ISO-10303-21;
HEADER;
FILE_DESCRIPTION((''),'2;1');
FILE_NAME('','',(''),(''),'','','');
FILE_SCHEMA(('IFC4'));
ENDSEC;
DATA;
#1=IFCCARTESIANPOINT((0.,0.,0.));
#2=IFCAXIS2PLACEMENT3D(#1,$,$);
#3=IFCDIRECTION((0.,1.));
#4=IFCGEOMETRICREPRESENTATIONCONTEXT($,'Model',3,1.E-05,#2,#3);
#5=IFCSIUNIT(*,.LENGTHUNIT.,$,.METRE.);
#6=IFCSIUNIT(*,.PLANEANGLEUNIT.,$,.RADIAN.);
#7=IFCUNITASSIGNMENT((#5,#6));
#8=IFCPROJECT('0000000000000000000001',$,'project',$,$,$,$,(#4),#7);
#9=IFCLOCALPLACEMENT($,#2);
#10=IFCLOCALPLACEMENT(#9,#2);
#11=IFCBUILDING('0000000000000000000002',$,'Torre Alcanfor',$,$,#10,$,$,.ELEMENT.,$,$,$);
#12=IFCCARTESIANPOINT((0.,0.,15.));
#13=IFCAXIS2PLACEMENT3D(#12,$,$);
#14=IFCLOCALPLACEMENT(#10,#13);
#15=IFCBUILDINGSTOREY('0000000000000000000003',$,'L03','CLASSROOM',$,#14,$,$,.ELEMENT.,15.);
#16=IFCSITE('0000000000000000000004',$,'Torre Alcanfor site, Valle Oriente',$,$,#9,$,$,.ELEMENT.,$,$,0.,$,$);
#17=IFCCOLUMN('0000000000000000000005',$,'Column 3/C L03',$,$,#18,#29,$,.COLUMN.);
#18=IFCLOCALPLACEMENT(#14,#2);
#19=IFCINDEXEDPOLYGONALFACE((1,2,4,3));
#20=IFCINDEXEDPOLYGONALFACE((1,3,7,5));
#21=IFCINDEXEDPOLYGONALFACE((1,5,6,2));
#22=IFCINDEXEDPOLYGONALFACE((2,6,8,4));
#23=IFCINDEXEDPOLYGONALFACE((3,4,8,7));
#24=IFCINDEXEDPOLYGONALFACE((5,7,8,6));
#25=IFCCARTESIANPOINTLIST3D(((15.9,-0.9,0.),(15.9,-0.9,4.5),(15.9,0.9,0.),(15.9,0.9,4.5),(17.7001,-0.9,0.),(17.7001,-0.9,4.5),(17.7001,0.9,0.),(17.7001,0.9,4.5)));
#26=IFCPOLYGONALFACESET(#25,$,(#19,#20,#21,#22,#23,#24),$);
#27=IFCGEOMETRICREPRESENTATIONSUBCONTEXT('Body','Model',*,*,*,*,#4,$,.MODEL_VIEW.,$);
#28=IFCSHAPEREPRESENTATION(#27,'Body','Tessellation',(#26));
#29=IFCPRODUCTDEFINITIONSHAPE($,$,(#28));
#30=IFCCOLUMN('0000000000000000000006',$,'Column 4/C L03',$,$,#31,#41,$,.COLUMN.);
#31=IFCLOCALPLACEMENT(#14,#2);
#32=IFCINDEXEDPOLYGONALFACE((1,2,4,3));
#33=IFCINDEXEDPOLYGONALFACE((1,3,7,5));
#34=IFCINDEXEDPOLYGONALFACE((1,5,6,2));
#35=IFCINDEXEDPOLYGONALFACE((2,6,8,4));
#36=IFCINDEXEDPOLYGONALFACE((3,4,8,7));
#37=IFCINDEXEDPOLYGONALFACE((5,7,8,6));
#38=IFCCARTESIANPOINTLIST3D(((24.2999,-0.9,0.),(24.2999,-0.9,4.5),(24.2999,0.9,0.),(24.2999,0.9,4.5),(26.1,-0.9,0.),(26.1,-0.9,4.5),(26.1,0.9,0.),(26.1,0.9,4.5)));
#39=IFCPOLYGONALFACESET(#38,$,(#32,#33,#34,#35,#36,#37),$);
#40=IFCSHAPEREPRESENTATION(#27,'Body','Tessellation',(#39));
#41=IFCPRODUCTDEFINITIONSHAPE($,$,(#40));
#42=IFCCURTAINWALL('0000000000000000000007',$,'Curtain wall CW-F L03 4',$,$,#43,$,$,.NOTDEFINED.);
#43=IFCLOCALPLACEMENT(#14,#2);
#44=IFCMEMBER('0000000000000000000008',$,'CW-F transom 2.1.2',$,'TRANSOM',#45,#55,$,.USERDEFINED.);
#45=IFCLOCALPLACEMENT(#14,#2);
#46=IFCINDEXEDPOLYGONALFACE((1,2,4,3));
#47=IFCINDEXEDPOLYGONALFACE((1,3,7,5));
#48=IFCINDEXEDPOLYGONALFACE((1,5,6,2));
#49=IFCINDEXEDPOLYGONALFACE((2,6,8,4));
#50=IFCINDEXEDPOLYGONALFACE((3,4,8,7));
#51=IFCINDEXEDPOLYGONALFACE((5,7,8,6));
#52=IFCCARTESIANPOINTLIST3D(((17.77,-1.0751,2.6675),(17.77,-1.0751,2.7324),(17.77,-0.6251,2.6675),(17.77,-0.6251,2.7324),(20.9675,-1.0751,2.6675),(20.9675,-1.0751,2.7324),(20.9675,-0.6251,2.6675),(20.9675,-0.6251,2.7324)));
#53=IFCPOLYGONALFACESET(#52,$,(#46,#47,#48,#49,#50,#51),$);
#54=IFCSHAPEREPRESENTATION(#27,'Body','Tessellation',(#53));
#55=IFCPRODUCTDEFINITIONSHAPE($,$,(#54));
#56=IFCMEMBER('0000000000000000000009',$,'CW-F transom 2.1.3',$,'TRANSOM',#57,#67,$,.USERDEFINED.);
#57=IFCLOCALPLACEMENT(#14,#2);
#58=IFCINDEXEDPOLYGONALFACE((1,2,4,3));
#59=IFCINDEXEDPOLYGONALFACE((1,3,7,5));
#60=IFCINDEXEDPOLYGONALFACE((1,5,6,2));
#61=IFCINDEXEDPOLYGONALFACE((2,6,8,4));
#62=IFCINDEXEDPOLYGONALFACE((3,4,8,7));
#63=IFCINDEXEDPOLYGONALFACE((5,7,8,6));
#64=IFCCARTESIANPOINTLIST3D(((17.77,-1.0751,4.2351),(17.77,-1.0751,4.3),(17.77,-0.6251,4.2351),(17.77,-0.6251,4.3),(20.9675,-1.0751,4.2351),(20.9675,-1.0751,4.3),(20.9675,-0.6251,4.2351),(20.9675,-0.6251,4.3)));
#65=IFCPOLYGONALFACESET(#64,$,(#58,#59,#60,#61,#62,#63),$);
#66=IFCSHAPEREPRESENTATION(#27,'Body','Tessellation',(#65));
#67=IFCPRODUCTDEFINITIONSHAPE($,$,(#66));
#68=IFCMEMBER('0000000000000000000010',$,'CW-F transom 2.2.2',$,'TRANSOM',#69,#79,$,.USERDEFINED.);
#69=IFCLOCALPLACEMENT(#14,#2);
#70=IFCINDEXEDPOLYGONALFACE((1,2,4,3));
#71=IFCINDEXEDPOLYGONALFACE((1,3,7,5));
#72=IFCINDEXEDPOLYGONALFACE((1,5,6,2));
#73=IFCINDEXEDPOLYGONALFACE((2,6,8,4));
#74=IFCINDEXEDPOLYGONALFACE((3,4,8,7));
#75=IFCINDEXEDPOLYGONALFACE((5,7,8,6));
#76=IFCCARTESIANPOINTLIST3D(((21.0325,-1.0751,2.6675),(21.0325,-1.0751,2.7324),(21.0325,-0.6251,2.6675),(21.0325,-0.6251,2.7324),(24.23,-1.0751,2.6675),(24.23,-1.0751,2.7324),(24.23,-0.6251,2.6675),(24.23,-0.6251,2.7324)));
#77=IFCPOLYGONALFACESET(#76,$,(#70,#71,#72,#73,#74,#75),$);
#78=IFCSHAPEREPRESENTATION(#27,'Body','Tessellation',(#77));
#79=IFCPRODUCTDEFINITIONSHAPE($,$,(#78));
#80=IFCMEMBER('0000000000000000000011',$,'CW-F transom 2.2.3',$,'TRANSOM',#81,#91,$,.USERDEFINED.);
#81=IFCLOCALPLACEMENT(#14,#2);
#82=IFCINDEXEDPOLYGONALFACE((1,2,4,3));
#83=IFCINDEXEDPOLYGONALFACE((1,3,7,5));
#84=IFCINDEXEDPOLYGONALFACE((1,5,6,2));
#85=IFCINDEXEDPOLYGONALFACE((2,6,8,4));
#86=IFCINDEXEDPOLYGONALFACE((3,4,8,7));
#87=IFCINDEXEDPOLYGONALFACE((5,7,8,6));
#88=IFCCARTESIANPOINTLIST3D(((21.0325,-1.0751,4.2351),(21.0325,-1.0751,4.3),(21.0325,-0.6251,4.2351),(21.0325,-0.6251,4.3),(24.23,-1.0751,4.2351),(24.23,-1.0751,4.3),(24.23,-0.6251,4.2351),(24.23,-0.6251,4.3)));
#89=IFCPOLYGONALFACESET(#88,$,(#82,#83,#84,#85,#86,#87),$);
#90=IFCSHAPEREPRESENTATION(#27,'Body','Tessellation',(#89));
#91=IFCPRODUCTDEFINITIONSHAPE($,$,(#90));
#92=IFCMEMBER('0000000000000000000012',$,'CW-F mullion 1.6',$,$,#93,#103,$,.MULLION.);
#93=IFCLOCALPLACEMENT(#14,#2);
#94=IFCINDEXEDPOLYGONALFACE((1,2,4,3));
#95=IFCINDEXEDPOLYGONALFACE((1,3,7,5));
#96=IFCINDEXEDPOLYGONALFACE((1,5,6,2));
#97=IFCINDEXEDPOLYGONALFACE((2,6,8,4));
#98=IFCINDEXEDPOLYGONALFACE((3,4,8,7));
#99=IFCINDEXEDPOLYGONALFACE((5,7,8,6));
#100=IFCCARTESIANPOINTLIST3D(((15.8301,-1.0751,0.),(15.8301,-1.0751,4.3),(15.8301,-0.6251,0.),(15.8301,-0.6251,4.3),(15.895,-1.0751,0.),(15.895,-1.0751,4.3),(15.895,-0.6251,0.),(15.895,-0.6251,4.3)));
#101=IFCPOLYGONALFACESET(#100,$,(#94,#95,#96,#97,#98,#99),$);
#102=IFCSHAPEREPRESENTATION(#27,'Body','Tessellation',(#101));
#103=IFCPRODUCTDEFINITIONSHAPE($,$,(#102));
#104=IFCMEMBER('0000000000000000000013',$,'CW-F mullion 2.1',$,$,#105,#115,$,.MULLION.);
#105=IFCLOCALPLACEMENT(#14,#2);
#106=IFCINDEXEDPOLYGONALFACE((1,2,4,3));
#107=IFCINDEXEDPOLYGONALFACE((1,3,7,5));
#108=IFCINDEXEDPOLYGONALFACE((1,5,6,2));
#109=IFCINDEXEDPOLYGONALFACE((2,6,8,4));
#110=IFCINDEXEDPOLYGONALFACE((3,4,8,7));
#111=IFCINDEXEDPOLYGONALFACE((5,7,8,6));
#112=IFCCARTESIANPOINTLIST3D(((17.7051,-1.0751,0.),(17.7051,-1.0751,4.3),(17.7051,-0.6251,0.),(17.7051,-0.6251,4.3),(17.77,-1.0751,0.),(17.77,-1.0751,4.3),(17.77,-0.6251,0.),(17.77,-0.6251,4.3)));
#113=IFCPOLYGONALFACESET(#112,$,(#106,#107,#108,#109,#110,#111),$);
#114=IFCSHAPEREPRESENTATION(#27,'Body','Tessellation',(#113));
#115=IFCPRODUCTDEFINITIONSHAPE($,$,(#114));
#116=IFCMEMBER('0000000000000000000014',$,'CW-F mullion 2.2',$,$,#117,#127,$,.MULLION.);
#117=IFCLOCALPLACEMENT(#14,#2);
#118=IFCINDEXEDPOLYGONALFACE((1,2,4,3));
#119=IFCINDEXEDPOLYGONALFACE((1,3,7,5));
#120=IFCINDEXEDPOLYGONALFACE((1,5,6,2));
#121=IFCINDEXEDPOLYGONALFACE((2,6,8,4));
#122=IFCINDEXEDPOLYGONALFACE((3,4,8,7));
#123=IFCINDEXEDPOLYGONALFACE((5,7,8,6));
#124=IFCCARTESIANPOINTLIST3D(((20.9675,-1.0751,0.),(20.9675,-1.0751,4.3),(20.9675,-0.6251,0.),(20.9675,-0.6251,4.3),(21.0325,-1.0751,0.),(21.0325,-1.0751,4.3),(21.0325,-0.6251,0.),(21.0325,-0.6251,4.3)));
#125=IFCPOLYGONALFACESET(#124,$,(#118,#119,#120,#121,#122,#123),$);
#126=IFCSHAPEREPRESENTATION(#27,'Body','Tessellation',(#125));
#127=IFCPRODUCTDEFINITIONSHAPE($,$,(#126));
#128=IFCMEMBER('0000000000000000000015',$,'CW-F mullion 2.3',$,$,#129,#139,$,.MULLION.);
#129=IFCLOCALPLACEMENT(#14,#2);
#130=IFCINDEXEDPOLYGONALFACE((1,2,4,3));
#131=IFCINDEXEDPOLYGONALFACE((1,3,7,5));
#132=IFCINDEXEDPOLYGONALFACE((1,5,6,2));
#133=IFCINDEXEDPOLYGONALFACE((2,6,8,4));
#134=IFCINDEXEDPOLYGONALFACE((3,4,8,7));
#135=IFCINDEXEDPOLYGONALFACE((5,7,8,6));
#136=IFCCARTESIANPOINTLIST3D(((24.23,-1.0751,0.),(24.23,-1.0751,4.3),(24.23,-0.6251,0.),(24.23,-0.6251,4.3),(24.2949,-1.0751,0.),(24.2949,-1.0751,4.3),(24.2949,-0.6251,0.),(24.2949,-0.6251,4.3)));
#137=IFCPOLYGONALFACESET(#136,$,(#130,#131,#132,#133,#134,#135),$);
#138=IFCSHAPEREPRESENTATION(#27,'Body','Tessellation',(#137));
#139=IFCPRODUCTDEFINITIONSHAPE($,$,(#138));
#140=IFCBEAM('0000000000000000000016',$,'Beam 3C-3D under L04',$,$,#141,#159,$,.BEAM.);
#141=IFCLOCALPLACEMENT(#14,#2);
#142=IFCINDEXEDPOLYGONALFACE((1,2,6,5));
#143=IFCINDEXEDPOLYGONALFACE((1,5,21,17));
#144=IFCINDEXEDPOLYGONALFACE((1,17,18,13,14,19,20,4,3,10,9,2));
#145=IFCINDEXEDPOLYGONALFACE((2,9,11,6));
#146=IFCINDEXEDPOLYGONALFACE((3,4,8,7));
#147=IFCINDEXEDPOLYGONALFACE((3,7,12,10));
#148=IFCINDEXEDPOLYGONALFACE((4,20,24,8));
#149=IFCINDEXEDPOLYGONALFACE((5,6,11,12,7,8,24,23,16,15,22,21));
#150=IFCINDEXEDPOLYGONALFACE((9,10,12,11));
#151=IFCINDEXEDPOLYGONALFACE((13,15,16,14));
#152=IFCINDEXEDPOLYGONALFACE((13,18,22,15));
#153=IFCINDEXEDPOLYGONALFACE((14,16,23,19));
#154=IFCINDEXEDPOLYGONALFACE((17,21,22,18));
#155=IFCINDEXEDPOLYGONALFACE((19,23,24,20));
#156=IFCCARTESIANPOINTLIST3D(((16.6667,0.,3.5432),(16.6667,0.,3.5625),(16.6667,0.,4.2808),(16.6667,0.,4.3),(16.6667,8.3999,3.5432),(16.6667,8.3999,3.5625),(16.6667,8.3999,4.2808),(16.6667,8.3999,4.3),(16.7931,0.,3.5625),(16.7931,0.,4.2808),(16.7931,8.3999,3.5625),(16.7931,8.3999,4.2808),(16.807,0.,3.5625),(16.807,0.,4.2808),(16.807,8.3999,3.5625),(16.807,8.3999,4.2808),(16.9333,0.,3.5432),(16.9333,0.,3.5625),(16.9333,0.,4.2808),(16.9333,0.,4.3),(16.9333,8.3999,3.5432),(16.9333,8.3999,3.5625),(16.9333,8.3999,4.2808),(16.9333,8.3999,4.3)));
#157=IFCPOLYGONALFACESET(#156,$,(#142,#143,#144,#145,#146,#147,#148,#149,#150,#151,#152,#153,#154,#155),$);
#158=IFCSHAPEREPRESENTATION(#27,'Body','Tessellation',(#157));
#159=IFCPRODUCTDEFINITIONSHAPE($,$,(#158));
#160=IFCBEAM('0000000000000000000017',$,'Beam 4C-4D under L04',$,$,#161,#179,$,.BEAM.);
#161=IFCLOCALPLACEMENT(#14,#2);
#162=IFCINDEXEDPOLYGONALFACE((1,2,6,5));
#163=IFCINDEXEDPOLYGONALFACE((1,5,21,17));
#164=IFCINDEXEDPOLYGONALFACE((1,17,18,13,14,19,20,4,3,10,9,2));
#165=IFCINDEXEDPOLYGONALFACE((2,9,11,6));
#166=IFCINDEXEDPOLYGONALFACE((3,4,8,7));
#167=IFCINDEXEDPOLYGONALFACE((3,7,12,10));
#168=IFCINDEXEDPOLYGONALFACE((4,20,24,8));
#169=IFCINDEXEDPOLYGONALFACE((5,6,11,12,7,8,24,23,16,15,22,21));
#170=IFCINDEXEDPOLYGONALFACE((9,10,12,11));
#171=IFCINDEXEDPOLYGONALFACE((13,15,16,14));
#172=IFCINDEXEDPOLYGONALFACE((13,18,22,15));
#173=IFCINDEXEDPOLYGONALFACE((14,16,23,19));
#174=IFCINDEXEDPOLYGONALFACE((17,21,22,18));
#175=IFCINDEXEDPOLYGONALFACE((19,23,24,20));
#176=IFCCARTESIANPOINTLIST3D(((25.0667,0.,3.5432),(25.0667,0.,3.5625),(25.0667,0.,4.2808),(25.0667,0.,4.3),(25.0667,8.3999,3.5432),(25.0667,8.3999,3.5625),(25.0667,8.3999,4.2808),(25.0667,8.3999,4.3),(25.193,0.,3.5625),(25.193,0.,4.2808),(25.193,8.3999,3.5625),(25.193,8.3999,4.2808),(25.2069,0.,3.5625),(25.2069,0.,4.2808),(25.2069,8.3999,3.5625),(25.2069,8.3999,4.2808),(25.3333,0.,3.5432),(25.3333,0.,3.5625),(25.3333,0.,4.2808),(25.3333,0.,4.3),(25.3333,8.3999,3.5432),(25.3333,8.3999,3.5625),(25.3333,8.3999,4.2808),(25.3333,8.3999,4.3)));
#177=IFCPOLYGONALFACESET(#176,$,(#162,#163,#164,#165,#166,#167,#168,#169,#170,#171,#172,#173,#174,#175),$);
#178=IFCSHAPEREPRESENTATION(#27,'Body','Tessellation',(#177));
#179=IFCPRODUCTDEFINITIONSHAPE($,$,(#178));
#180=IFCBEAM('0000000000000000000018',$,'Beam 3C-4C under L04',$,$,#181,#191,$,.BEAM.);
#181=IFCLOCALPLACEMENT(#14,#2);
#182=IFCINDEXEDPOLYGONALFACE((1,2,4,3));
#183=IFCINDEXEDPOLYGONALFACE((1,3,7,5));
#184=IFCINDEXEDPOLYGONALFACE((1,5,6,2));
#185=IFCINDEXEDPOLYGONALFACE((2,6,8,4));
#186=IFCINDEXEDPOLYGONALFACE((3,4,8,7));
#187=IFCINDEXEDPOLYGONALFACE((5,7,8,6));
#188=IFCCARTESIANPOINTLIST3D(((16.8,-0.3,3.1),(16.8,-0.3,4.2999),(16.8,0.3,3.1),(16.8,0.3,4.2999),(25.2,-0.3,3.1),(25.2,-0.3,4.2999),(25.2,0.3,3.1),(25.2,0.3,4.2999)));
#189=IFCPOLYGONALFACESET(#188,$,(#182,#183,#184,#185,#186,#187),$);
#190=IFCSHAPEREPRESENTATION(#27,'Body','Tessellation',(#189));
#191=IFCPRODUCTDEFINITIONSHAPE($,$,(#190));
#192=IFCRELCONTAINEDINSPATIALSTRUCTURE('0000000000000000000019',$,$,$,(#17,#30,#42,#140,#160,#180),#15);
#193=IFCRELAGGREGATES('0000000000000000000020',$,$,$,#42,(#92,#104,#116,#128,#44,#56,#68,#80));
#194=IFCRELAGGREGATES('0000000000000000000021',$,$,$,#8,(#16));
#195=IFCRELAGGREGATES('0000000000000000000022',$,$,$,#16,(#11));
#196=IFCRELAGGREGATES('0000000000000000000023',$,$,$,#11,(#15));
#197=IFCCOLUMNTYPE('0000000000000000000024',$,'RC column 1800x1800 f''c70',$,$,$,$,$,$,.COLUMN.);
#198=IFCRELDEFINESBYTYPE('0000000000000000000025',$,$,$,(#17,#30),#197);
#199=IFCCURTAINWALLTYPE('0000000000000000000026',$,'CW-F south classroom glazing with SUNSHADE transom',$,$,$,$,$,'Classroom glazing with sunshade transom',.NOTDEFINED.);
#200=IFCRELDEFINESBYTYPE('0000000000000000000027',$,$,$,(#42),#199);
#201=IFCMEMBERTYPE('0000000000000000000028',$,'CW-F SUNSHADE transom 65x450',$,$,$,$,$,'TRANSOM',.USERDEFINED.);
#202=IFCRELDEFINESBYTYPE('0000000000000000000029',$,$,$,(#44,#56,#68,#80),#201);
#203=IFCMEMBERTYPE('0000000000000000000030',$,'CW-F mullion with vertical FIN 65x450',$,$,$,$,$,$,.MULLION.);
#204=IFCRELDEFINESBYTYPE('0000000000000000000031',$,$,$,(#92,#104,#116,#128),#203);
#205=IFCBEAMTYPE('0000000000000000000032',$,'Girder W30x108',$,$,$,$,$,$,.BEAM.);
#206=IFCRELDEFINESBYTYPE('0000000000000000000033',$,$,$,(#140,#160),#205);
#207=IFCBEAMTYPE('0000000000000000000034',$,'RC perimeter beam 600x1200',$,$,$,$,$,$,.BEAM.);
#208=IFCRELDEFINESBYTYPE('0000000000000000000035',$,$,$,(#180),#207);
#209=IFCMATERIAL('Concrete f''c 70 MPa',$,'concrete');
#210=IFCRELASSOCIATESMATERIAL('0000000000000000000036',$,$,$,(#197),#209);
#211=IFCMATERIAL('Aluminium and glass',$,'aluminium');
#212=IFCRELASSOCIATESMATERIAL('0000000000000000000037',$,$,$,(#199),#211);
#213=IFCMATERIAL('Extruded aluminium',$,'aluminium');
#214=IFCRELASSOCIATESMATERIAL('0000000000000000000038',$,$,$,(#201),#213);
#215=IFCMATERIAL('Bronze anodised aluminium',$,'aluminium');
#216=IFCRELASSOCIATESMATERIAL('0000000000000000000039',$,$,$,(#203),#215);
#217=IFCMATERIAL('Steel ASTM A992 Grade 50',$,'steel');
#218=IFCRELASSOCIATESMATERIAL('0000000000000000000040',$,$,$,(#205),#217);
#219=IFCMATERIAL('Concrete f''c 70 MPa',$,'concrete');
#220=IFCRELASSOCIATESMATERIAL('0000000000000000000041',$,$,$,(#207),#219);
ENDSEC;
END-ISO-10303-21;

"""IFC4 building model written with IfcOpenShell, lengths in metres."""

from ifc_helpers import new_model, si_unit, direction, frame, origin, origin_2d, place, context, subcontext, project, spatial, rectangle, i_section, extrude, material, material_profile, profile_set, type_object, element, aggregate, save


model = new_model("IFC4")

# Units and contexts
model_context = context("Model", 3, precision=1e-05, world=origin(), true_north=direction((0.0, 1.0)))
body_context = subcontext(model_context, "Body", "Model", "MODEL_VIEW")
ifc_project = project(units=[si_unit("LENGTHUNIT", "METRE"), si_unit("PLANEANGLEUNIT", "RADIAN")], contexts=[model_context])

# Site, building, storey
site_placement = place(None, origin())
site = spatial("IfcSite", under=ifc_project, at=site_placement, Name="Torre Alcanfor site, Valle Oriente", CompositionType="ELEMENT", RefElevation=0.0)
building_placement = place(site_placement, origin())
building = spatial("IfcBuilding", under=site, at=building_placement, Name="Torre Alcanfor", CompositionType="ELEMENT")
storey_placement = place(building_placement, frame((0.0, 0.0, 15.0)))
storey = spatial("IfcBuildingStorey", under=building, at=storey_placement, Name="L03", Description="CLASSROOM", CompositionType="ELEMENT", Elevation=15.0)

# Columns
ifc_material_1 = material(Name="Concrete f'c 70 MPa", Category="concrete")
ifc_material_profile_1 = material_profile(ifc_material_1, rectangle(XDim=1.8, YDim=1.8, at=origin_2d()), Name="1800x1800")
ifc_profile_set_1 = profile_set([ifc_material_profile_1], Name="Concrete f'c 70 MPa")
column_type = type_object("IfcColumnType", Name="RC column 1800x1800 f'c70", PredefinedType="COLUMN", material=ifc_profile_set_1)
for number, where, z_axis, x_axis, name in (
    (1, (16.8, 0.0, 0.0), (0.0, 0.0, 1.0), (1.0, 0.0, 0.0), "Column 3/C L03"),
    (2, (25.2, 0.0, 0.0), (0.0, 0.0, 1.0), (1.0, 0.0, 0.0), "Column 4/C L03"),
):
    element("IfcColumn", number, at=place(storey_placement, frame(where, z_axis=z_axis, x_axis=x_axis)), inside=storey, type_object=column_type, Name=name, PredefinedType="COLUMN", context=body_context, shape_type="SweptSolid", body=[
        extrude(rectangle(XDim=1.8, YDim=1.8, at=origin_2d()), origin(), (0.0, 0.0, 1.0), 4.5),
    ])

# Curtain wall, members
ifc_material_2 = material(Name="Aluminium and glass", Category="aluminium")
curtain_wall_type = type_object("IfcCurtainWallType", Name="CW-F south classroom glazing with SUNSHADE transom", ElementType="Classroom glazing with sunshade transom", PredefinedType="NOTDEFINED", material=ifc_material_2)
curtain_wall_placement = place(storey_placement, origin())
curtain_wall = element("IfcCurtainWall", 3, at=curtain_wall_placement, inside=storey, type_object=curtain_wall_type, Name="Curtain wall CW-F L03 4", PredefinedType="NOTDEFINED")
ifc_material_3 = material(Name="Extruded aluminium", Category="aluminium")
ifc_material_profile_2 = material_profile(ifc_material_3, rectangle(XDim=0.45, YDim=0.0649, at=origin_2d()), Name="CW-F transom 450x65")
ifc_profile_set_2 = profile_set([ifc_material_profile_2], Name="Extruded aluminium")
member_type_1 = type_object("IfcMemberType", Name="CW-F SUNSHADE transom 65x450", ElementType="TRANSOM", PredefinedType="USERDEFINED", material=ifc_profile_set_2)
member_1_placement = place(storey_placement, frame((17.77, -0.8501, 2.7), z_axis=(1.0, 0.0, 0.0), x_axis=(0.0, 1.0, 0.0)))
member_1 = element("IfcMember", 4, at=member_1_placement, type_object=member_type_1, Name="CW-F transom 2.1.2", ObjectType="TRANSOM", PredefinedType="USERDEFINED", context=body_context, shape_type="SweptSolid", body=[
    extrude(rectangle(XDim=0.45, YDim=0.0649, at=origin_2d()), origin(), (0.0, 0.0, 1.0), 3.1975),
])
member_2_placement = place(storey_placement, frame((17.77, -0.8501, 4.2676), z_axis=(1.0, 0.0, 0.0), x_axis=(0.0, 1.0, 0.0)))
member_2 = element("IfcMember", 5, at=member_2_placement, type_object=member_type_1, Name="CW-F transom 2.1.3", ObjectType="TRANSOM", PredefinedType="USERDEFINED", context=body_context, shape_type="SweptSolid", body=[
    extrude(rectangle(XDim=0.45, YDim=0.0649, at=origin_2d()), origin(), (0.0, 0.0, 1.0), 3.1975),
])
member_3_placement = place(storey_placement, frame((21.0325, -0.8501, 2.7), z_axis=(1.0, 0.0, 0.0), x_axis=(0.0, 1.0, 0.0)))
member_3 = element("IfcMember", 6, at=member_3_placement, type_object=member_type_1, Name="CW-F transom 2.2.2", ObjectType="TRANSOM", PredefinedType="USERDEFINED", context=body_context, shape_type="SweptSolid", body=[
    extrude(rectangle(XDim=0.45, YDim=0.0649, at=origin_2d()), origin(), (0.0, 0.0, 1.0), 3.1975),
])
member_4_placement = place(storey_placement, frame((21.0325, -0.8501, 4.2676), z_axis=(1.0, 0.0, 0.0), x_axis=(0.0, 1.0, 0.0)))
member_4 = element("IfcMember", 7, at=member_4_placement, type_object=member_type_1, Name="CW-F transom 2.2.3", ObjectType="TRANSOM", PredefinedType="USERDEFINED", context=body_context, shape_type="SweptSolid", body=[
    extrude(rectangle(XDim=0.45, YDim=0.0649, at=origin_2d()), origin(), (0.0, 0.0, 1.0), 3.1975),
])
ifc_material_4 = material(Name="Bronze anodised aluminium", Category="aluminium")
ifc_material_profile_3 = material_profile(ifc_material_4, rectangle(XDim=0.45, YDim=0.0649, at=origin_2d()), Name="CW-F mullion 65x450")
ifc_profile_set_3 = profile_set([ifc_material_profile_3], Name="Bronze anodised aluminium")
member_type_2 = type_object("IfcMemberType", Name="CW-F mullion with vertical FIN 65x450", PredefinedType="MULLION", material=ifc_profile_set_3)
member_5_placement = place(storey_placement, frame((15.8625, -0.8501, 0.0), z_axis=(0.0, 0.0, 1.0), x_axis=(0.0, 1.0, 0.0)))
member_5 = element("IfcMember", 8, at=member_5_placement, type_object=member_type_2, Name="CW-F mullion 1.6", PredefinedType="MULLION", context=body_context, shape_type="SweptSolid", body=[
    extrude(rectangle(XDim=0.45, YDim=0.0649, at=origin_2d()), origin(), (0.0, 0.0, 1.0), 4.3),
])
member_6_placement = place(storey_placement, frame((17.7375, -0.8501, 0.0), z_axis=(0.0, 0.0, 1.0), x_axis=(0.0, 1.0, 0.0)))
member_6 = element("IfcMember", 9, at=member_6_placement, type_object=member_type_2, Name="CW-F mullion 2.1", PredefinedType="MULLION", context=body_context, shape_type="SweptSolid", body=[
    extrude(rectangle(XDim=0.45, YDim=0.0649, at=origin_2d()), origin(), (0.0, 0.0, 1.0), 4.3),
])
member_7_placement = place(storey_placement, frame((21.0, -0.8501, 0.0), z_axis=(0.0, 0.0, 1.0), x_axis=(0.0, 1.0, 0.0)))
member_7 = element("IfcMember", 10, at=member_7_placement, type_object=member_type_2, Name="CW-F mullion 2.2", PredefinedType="MULLION", context=body_context, shape_type="SweptSolid", body=[
    extrude(rectangle(XDim=0.45, YDim=0.0649, at=origin_2d()), origin(), (0.0, 0.0, 1.0), 4.3),
])
member_8_placement = place(storey_placement, frame((24.2625, -0.8501, 0.0), z_axis=(0.0, 0.0, 1.0), x_axis=(0.0, 1.0, 0.0)))
member_8 = element("IfcMember", 11, at=member_8_placement, type_object=member_type_2, Name="CW-F mullion 2.3", PredefinedType="MULLION", context=body_context, shape_type="SweptSolid", body=[
    extrude(rectangle(XDim=0.45, YDim=0.0649, at=origin_2d()), origin(), (0.0, 0.0, 1.0), 4.3),
])

# Beams
ifc_material_5 = material(Name="Steel ASTM A992 Grade 50", Category="steel")
ifc_material_profile_4 = material_profile(ifc_material_5, i_section(OverallWidth=0.2666, OverallDepth=0.7568, WebThickness=0.0139, FlangeThickness=0.0193, at=origin_2d()), Name="W30x108")
ifc_profile_set_4 = profile_set([ifc_material_profile_4], Name="Steel ASTM A992 Grade 50")
beam_type_1 = type_object("IfcBeamType", Name="Girder W30x108", PredefinedType="BEAM", material=ifc_profile_set_4)
for number, where, z_axis, x_axis, name in (
    (12, (16.8, 0.0, 3.9216), (0.0, 1.0, 0.0), (-1.0, 0.0, 0.0), "Beam 3C-3D under L04"),
    (13, (25.2, 0.0, 3.9216), (0.0, 1.0, 0.0), (-1.0, 0.0, 0.0), "Beam 4C-4D under L04"),
):
    element("IfcBeam", number, at=place(storey_placement, frame(where, z_axis=z_axis, x_axis=x_axis)), inside=storey, type_object=beam_type_1, Name=name, PredefinedType="BEAM", context=body_context, shape_type="SweptSolid", body=[
        extrude(i_section(OverallWidth=0.2666, OverallDepth=0.7568, WebThickness=0.0139, FlangeThickness=0.0193, at=origin_2d()), origin(), (0.0, 0.0, 1.0), 8.3999),
    ])
ifc_material_6 = material(Name="Concrete f'c 70 MPa", Category="concrete")
ifc_material_profile_5 = material_profile(ifc_material_6, rectangle(XDim=0.6001, YDim=1.2, at=origin_2d()), Name="600x1200")
ifc_profile_set_5 = profile_set([ifc_material_profile_5], Name="Concrete f'c 70 MPa")
beam_type_2 = type_object("IfcBeamType", Name="RC perimeter beam 600x1200", PredefinedType="BEAM", material=ifc_profile_set_5)
beam_1_placement = place(storey_placement, frame((16.8, 0.0, 3.7), z_axis=(1.0, 0.0, 0.0), x_axis=(0.0, 1.0, 0.0)))
element("IfcBeam", 14, at=beam_1_placement, inside=storey, type_object=beam_type_2, Name="Beam 3C-4C under L04", PredefinedType="BEAM", context=body_context, shape_type="SweptSolid", body=[
    extrude(rectangle(XDim=0.6001, YDim=1.2, at=origin_2d()), origin(), (0.0, 0.0, 1.0), 8.3999),
])

aggregate(curtain_wall, [member_5, member_6, member_7, member_8, member_1, member_2, member_3, member_4])

save(model, "model.ifc")
